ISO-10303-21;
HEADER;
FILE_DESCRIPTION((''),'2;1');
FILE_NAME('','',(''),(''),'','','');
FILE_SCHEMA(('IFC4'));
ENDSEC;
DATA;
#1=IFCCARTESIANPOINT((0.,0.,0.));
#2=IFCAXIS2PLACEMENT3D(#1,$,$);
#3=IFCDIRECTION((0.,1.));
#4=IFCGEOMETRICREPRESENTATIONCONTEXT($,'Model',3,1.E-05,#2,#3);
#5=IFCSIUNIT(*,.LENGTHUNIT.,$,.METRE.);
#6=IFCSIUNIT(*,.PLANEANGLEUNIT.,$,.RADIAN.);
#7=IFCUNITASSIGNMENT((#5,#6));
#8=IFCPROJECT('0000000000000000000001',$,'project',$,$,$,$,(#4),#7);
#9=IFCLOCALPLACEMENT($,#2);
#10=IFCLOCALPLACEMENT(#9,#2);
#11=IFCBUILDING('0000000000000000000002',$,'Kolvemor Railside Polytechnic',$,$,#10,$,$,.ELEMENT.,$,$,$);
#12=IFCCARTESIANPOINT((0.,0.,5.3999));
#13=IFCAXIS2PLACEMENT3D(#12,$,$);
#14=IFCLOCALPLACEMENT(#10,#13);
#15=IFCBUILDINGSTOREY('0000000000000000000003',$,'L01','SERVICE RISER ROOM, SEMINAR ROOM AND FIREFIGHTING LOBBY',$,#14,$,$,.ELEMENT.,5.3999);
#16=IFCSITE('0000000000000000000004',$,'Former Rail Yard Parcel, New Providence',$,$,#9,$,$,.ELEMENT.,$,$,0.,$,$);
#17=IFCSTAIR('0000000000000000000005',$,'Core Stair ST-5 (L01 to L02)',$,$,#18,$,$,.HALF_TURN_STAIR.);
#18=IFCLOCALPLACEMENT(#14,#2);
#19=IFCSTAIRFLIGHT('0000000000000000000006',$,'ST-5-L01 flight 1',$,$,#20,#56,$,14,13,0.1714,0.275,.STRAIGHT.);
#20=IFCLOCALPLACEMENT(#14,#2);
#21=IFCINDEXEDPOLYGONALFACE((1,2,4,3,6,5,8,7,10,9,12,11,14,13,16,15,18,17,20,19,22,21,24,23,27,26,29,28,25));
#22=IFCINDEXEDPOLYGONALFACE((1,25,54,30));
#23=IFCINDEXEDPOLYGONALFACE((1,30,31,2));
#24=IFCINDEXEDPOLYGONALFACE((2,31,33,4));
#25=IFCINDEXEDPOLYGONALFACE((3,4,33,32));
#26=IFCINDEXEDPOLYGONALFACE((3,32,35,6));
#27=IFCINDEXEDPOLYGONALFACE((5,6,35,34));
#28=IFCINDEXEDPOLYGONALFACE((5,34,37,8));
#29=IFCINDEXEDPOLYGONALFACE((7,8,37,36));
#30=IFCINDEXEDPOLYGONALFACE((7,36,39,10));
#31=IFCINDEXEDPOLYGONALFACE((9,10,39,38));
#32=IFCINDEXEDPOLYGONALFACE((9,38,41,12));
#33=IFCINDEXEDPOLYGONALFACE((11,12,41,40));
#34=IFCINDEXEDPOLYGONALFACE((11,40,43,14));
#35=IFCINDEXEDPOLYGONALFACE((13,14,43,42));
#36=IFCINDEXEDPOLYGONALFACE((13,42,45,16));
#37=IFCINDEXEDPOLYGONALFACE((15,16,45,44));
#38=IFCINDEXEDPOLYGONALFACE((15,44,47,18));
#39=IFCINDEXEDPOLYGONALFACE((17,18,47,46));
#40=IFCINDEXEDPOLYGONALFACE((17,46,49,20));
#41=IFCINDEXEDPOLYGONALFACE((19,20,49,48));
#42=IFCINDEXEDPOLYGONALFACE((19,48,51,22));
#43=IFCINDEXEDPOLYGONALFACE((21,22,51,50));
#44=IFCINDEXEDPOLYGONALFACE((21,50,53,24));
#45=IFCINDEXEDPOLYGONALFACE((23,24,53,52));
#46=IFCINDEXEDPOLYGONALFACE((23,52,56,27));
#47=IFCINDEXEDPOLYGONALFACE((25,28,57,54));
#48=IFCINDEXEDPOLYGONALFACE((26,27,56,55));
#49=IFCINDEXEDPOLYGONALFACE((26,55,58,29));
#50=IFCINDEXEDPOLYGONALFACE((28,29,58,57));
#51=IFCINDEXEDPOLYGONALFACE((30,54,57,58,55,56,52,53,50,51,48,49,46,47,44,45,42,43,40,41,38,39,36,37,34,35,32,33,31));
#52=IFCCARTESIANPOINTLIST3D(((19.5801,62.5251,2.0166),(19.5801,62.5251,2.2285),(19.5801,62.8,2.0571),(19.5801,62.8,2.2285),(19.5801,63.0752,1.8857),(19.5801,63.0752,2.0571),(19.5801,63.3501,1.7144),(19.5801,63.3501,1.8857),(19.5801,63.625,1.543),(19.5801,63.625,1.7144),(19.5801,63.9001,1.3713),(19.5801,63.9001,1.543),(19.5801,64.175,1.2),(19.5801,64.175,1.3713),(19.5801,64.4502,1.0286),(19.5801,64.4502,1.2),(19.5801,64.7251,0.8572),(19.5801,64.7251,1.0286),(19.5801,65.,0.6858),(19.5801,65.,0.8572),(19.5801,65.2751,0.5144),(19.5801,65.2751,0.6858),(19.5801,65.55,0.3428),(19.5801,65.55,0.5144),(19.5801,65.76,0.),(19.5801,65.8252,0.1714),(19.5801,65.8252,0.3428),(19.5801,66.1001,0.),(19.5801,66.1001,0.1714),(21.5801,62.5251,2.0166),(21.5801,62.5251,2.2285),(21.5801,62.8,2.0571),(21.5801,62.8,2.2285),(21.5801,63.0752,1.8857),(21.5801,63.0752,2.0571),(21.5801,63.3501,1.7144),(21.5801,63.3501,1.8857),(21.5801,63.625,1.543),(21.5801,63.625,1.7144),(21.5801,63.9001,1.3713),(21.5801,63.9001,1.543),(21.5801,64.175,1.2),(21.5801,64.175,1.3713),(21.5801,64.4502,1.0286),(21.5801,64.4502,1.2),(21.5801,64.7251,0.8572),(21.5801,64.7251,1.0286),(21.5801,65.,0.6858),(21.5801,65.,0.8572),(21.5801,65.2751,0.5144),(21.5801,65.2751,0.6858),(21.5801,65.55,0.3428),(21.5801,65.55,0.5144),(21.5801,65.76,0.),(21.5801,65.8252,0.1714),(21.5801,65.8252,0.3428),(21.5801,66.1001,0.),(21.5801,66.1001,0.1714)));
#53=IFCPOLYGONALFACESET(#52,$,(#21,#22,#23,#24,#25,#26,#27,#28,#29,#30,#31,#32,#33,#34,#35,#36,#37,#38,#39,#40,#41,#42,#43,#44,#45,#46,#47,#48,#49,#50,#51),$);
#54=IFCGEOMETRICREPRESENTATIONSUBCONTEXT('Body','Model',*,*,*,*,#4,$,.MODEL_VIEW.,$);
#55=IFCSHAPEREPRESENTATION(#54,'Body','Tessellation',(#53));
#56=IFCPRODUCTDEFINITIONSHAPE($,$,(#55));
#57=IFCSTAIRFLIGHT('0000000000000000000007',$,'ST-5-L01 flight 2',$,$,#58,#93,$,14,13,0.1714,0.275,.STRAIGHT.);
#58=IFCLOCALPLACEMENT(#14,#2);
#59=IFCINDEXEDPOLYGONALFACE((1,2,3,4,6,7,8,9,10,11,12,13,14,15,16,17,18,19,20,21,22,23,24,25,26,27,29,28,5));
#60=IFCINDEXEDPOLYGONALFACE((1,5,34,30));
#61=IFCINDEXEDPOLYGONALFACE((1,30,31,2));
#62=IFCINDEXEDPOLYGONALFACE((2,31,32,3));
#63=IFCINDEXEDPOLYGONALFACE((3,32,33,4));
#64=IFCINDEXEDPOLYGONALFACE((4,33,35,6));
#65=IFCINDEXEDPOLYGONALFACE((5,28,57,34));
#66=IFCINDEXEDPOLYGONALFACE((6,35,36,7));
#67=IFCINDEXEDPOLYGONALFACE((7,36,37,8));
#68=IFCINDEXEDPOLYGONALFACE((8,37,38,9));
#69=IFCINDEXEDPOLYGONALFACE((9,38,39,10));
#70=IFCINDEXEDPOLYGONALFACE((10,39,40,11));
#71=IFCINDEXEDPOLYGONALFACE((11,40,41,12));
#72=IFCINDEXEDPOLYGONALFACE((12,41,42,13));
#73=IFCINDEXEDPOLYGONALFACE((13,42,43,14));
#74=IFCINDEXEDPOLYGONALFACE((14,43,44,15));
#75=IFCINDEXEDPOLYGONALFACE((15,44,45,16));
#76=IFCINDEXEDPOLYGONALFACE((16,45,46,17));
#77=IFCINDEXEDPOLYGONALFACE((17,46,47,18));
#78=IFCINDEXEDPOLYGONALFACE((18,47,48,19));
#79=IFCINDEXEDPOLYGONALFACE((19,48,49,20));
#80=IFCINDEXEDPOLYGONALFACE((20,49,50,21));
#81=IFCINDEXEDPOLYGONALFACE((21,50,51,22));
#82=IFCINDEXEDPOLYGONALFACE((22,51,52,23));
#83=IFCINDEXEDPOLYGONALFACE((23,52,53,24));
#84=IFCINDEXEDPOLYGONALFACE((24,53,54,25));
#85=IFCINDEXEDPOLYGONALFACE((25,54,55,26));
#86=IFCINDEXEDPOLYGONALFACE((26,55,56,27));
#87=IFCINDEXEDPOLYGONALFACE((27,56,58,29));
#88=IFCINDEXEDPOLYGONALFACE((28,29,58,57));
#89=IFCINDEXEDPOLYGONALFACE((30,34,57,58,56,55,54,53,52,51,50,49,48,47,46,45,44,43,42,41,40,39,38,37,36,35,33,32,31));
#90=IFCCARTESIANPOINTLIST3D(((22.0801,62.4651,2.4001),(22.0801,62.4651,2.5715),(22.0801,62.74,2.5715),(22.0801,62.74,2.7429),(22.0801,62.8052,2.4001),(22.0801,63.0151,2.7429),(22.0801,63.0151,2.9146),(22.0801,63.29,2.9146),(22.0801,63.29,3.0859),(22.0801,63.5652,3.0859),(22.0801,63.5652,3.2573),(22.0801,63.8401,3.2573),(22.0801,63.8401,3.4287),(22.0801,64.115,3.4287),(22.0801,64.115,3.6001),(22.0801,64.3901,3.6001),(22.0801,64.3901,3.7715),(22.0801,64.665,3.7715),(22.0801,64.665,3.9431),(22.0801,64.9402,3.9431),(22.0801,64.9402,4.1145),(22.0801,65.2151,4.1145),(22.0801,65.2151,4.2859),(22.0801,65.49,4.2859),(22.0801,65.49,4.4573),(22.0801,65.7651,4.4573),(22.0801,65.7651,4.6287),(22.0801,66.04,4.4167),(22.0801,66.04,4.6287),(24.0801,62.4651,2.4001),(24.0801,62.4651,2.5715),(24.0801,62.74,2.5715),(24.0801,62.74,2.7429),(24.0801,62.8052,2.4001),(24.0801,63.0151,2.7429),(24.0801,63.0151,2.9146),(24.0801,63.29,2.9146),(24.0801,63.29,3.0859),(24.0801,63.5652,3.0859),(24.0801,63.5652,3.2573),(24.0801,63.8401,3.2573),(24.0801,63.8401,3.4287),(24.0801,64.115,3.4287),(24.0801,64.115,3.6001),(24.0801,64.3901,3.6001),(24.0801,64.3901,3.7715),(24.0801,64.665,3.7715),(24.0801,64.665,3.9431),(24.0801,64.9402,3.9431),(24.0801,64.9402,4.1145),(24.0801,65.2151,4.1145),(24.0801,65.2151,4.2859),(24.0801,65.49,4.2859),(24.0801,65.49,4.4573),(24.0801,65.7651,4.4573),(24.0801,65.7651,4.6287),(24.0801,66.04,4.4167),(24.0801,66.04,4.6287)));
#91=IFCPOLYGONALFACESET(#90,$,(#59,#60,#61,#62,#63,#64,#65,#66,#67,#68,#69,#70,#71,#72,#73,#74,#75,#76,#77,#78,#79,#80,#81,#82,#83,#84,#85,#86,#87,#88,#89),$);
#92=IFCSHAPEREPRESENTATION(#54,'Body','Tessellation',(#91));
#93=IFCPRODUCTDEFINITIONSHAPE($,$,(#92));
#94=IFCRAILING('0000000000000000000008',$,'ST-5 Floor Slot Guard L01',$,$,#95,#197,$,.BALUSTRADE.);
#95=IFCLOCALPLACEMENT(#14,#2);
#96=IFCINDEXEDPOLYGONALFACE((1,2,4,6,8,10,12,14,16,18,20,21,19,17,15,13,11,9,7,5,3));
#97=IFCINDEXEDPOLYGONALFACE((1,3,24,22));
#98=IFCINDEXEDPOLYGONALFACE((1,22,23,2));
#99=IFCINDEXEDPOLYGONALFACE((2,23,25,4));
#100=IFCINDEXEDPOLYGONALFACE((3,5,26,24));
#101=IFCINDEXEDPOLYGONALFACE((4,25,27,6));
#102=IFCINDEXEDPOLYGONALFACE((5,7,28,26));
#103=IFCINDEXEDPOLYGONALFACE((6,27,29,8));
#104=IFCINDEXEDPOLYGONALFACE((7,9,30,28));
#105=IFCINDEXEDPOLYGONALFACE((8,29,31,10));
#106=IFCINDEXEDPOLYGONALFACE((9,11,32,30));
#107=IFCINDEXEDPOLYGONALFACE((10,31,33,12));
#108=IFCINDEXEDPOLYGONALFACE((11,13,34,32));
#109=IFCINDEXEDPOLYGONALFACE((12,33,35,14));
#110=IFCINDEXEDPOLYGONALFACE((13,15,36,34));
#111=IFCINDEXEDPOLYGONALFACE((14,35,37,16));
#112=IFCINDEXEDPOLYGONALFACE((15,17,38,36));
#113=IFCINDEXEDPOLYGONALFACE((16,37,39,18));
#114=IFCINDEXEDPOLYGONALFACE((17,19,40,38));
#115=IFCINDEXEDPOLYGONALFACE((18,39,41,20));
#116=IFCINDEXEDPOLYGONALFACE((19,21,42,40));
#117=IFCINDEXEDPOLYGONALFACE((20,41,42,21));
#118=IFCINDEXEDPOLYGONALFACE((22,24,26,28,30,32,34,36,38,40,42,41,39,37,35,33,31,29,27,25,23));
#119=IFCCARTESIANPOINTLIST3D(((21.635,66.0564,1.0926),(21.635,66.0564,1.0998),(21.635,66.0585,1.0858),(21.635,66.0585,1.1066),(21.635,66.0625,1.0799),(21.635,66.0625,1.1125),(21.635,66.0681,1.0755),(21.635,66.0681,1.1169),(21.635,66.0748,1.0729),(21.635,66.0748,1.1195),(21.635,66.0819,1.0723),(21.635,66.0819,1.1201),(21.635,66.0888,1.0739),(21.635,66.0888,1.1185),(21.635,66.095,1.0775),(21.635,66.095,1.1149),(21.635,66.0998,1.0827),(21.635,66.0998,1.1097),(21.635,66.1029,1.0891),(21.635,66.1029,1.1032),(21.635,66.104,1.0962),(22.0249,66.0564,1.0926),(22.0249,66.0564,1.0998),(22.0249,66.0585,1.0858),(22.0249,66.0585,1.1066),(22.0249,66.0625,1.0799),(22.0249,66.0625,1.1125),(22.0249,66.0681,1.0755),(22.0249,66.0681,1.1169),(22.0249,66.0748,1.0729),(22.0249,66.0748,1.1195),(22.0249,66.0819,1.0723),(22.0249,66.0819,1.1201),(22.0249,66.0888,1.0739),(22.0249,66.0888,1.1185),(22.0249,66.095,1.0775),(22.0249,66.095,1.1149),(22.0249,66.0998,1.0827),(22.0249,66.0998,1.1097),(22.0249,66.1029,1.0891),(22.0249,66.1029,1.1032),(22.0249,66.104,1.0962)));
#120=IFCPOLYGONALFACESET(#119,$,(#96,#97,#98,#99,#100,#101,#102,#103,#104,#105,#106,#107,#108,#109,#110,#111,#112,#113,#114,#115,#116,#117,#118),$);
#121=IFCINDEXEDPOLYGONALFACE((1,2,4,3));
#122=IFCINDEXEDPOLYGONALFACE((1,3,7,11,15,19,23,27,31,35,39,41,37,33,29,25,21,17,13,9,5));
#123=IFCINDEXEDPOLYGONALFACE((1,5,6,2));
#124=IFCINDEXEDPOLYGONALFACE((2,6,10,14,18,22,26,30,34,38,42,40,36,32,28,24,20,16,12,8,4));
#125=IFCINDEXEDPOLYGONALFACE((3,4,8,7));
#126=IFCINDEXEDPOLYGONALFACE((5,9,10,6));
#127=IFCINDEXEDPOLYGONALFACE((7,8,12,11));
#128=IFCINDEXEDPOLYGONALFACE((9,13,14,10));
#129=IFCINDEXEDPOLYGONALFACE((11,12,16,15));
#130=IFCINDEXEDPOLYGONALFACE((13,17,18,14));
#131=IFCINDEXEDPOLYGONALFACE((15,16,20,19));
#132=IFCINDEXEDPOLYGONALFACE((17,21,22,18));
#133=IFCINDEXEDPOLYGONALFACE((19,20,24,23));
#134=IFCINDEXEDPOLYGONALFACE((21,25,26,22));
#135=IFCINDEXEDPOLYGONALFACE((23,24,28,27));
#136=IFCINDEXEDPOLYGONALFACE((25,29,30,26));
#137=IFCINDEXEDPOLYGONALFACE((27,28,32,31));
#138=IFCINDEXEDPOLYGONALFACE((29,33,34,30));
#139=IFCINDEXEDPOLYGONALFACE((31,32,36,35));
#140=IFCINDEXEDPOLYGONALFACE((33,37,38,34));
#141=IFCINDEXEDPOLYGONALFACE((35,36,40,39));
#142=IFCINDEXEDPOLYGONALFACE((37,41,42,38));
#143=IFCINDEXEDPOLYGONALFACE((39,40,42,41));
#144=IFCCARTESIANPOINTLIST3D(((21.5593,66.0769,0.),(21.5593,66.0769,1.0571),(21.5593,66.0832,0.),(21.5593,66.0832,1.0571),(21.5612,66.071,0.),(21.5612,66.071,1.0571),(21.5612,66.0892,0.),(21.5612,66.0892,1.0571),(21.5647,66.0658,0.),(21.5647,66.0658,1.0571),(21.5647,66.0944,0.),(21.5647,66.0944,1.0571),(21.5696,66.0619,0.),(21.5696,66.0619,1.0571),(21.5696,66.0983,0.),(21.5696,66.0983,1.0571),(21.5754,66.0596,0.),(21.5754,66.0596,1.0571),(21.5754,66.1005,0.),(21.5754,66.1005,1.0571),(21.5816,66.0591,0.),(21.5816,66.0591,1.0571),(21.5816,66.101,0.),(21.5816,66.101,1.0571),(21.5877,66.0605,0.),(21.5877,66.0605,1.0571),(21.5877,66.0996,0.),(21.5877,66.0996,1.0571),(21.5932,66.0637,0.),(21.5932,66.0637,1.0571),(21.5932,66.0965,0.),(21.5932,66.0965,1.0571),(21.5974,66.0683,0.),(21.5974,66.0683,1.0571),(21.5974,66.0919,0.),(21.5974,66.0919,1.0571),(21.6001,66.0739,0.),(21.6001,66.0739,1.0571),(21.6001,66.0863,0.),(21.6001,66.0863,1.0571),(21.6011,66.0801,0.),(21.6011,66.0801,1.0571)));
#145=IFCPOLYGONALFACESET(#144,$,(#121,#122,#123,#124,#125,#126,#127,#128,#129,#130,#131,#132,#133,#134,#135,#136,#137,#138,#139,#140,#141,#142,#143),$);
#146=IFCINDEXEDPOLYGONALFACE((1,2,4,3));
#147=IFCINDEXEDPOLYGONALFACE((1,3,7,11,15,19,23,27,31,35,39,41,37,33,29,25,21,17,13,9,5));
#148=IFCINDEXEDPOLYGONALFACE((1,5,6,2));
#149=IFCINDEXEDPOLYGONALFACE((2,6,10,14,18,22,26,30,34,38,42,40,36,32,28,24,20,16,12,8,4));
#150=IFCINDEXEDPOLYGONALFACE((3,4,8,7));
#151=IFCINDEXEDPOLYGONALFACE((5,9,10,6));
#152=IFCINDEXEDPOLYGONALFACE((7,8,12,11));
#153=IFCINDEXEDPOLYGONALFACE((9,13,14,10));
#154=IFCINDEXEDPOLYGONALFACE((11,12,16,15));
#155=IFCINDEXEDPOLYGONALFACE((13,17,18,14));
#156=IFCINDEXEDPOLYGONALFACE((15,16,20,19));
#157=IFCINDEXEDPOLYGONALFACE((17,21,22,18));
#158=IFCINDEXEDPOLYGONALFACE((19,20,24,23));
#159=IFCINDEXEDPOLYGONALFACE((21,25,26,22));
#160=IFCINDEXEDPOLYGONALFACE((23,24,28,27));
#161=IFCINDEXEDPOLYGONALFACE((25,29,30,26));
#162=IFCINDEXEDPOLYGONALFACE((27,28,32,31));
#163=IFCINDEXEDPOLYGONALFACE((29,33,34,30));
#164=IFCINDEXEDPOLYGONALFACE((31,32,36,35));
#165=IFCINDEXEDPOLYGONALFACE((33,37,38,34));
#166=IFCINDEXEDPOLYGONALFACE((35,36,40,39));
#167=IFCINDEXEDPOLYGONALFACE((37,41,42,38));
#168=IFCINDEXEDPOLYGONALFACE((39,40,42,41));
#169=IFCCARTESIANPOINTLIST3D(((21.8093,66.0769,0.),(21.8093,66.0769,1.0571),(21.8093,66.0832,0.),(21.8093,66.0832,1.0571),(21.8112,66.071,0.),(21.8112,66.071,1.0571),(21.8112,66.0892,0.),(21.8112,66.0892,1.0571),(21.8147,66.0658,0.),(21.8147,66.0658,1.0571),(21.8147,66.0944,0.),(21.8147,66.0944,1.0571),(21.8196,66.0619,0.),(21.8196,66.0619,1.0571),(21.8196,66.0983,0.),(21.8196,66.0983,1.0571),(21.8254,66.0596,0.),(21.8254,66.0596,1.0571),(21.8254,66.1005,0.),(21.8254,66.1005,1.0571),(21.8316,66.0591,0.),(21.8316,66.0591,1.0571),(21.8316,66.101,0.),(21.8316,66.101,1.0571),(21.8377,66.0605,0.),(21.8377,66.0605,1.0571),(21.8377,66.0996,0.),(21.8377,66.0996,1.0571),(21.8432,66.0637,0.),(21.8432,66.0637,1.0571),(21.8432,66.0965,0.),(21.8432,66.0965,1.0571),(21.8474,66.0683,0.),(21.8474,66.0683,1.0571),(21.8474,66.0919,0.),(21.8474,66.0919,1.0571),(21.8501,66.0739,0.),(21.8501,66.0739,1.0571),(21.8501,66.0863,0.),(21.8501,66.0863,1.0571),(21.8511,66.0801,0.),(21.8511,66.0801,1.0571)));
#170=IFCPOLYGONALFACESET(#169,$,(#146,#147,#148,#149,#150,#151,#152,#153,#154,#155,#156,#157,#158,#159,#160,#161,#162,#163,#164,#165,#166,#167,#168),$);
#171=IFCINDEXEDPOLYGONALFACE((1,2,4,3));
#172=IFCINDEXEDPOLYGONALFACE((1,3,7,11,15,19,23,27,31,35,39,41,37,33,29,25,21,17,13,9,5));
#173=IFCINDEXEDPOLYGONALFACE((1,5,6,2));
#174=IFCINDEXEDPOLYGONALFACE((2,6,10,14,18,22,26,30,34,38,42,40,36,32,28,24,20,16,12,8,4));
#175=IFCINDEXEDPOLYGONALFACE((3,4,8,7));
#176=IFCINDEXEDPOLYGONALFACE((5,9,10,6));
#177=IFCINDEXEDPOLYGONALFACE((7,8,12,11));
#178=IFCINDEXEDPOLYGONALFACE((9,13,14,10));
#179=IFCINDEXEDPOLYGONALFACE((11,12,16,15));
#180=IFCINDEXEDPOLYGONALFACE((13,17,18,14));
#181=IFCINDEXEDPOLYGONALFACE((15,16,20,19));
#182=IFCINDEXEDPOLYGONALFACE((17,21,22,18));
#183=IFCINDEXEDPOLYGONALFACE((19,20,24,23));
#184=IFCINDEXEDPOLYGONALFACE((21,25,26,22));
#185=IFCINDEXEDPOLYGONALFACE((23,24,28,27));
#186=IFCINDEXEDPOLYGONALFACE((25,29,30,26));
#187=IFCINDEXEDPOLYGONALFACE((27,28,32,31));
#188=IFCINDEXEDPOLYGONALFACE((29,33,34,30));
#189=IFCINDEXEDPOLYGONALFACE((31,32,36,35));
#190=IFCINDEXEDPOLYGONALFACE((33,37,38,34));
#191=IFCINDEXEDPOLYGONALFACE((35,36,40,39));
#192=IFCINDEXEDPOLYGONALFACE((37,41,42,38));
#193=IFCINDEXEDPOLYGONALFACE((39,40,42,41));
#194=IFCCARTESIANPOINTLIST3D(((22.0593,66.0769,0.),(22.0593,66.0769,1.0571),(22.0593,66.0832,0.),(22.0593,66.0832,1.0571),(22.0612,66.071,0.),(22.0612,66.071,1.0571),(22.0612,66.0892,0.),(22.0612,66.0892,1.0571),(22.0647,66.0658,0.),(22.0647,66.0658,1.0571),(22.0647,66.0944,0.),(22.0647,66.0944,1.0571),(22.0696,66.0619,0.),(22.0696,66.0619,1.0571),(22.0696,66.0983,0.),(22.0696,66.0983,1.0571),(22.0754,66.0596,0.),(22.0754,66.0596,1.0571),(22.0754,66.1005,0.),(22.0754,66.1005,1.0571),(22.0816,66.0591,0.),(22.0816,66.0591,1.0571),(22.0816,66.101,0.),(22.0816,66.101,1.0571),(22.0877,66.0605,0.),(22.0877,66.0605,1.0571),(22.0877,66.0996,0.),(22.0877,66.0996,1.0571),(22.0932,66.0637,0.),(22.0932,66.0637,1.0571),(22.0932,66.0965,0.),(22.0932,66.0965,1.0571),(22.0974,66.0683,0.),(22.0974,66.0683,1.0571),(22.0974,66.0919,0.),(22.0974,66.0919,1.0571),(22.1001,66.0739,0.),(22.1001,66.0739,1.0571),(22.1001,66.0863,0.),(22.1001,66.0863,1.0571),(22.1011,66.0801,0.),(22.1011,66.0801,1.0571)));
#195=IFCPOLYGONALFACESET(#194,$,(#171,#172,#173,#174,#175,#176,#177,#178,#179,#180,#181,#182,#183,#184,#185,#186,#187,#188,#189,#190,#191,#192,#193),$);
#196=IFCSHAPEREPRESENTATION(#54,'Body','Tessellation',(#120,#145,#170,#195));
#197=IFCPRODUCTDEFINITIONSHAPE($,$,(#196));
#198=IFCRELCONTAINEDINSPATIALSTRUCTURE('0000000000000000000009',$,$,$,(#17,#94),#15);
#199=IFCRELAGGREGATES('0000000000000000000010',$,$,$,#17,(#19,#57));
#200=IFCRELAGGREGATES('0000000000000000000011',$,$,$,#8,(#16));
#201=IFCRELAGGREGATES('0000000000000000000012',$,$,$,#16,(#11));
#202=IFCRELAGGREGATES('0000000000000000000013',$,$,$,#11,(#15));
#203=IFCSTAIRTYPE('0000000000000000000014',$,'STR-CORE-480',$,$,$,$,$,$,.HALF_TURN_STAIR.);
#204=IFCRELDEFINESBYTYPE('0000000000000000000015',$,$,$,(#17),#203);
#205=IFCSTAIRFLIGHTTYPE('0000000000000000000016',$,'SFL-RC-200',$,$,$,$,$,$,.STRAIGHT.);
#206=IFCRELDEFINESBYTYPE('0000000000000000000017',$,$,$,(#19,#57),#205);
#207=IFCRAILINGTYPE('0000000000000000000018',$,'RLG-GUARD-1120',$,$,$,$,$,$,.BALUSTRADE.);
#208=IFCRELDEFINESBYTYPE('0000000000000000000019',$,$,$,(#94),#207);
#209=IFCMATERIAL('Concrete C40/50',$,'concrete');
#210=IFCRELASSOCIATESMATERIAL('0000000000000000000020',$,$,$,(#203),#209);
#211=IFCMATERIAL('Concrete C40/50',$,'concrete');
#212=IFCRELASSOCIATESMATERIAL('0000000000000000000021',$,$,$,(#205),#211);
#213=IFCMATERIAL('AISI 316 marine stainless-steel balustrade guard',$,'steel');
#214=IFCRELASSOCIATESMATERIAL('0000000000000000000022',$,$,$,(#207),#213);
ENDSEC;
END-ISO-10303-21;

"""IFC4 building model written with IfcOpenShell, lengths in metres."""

from ifc_helpers import new_model, si_unit, direction, frame, origin, origin_2d, place, context, subcontext, project, spatial, polyline, circle, outline, extrude, material, type_object, element, aggregate, save


model = new_model("IFC4")

# Units and contexts
model_context = context("Model", 3, precision=1e-05, world=origin(), true_north=direction((0.0, 1.0)))
body_context = subcontext(model_context, "Body", "Model", "MODEL_VIEW")
ifc_project = project(units=[si_unit("LENGTHUNIT", "METRE"), si_unit("PLANEANGLEUNIT", "RADIAN")], contexts=[model_context])

# Site, building, storey
site_placement = place(None, origin())
site = spatial("IfcSite", under=ifc_project, at=site_placement, Name="Former Rail Yard Parcel, New Providence", CompositionType="ELEMENT", RefElevation=0.0)
building_placement = place(site_placement, origin())
building = spatial("IfcBuilding", under=site, at=building_placement, Name="Kolvemor Railside Polytechnic", CompositionType="ELEMENT")
storey_placement = place(building_placement, frame((0.0, 0.0, 5.3999)))
storey = spatial("IfcBuildingStorey", under=building, at=storey_placement, Name="L01", Description="SERVICE RISER ROOM, SEMINAR ROOM AND FIREFIGHTING LOBBY", CompositionType="ELEMENT", Elevation=5.3999)

# Stair, stair flights
ifc_material_1 = material(Name="Concrete C40/50", Category="concrete")
stair_type = type_object("IfcStairType", Name="STR-CORE-480", PredefinedType="HALF_TURN_STAIR", material=ifc_material_1)
stair_placement = place(storey_placement, origin())
stair = element("IfcStair", 1, at=stair_placement, inside=storey, type_object=stair_type, Name="Core Stair ST-5 (L01 to L02)", PredefinedType="HALF_TURN_STAIR")
ifc_material_2 = material(Name="Concrete C40/50", Category="concrete")
stair_flight_type = type_object("IfcStairFlightType", Name="SFL-RC-200", PredefinedType="STRAIGHT", material=ifc_material_2)
stair_flight_1_placement = place(storey_placement, frame((20.5801, 66.1001, 0.0), z_axis=(0.0, 0.0, 1.0), x_axis=(0.0, -1.0, 0.0)))
stair_flight_1 = element("IfcStairFlight", 2, at=stair_flight_1_placement, type_object=stair_flight_type, Name="ST-5-L01 flight 1", NumberOfRisers=14, NumberOfTreads=13, PredefinedType="STRAIGHT", RiserHeight=0.1714, TreadLength=0.275, context=body_context, shape_type="SweptSolid", body=[
    extrude(outline(polyline([(0.0, 0.0), (0.0, 0.1714), (0.2749, 0.1714), (0.2749, 0.3428), (0.55, 0.3428), (0.55, 0.5144), (0.825, 0.5144), (0.825, 0.6858), (1.1001, 0.6858), (1.1001, 0.8572), (1.375, 0.8572), (1.375, 1.0286), (1.6499, 1.0286), (1.6499, 1.2), (1.925, 1.2), (1.925, 1.3713), (2.2, 1.3713), (2.2, 1.543), (2.4751, 1.543), (2.4751, 1.7144), (2.75, 1.7144), (2.75, 1.8857), (3.0249, 1.8857), (3.0249, 2.0571), (3.3, 2.0571), (3.3, 2.2285), (3.575, 2.2285), (3.575, 2.3999), (3.575, 2.0166), (0.3401, 0.0), (0.0, 0.0)])), frame((0.0, 1.0, 0.0), z_axis=(0.0, -1.0, 0.0), x_axis=(1.0, 0.0, 0.0)), (0.0, 0.0, 1.0), 2.0),
])
stair_flight_2_placement = place(storey_placement, frame((23.0801, 62.4651, 2.4001), z_axis=(0.0, 0.0, 1.0), x_axis=(0.0, 1.0, 0.0)))
stair_flight_2 = element("IfcStairFlight", 3, at=stair_flight_2_placement, type_object=stair_flight_type, Name="ST-5-L01 flight 2", NumberOfRisers=14, NumberOfTreads=13, PredefinedType="STRAIGHT", RiserHeight=0.1714, TreadLength=0.275, context=body_context, shape_type="SweptSolid", body=[
    extrude(outline(polyline([(0.0, 0.0), (0.0, 0.1714), (0.2749, 0.1714), (0.2749, 0.3428), (0.55, 0.3428), (0.55, 0.5144), (0.825, 0.5144), (0.825, 0.6858), (1.1001, 0.6858), (1.1001, 0.8572), (1.375, 0.8572), (1.375, 1.0286), (1.6499, 1.0286), (1.6499, 1.2), (1.925, 1.2), (1.925, 1.3713), (2.2, 1.3713), (2.2, 1.543), (2.4751, 1.543), (2.4751, 1.7144), (2.75, 1.7144), (2.75, 1.8857), (3.0249, 1.8857), (3.0249, 2.0571), (3.3, 2.0571), (3.3, 2.2285), (3.575, 2.2285), (3.575, 2.3999), (3.575, 2.0166), (0.3401, 0.0), (0.0, 0.0)])), frame((0.0, 1.0, 0.0), z_axis=(0.0, -1.0, 0.0), x_axis=(1.0, 0.0, 0.0)), (0.0, 0.0, 1.0), 2.0),
])
aggregate(stair, [stair_flight_1, stair_flight_2])

# Railing
ifc_material_3 = material(Name="AISI 316 marine stainless-steel balustrade guard", Category="steel")
railing_type_1 = type_object("IfcRailingType", Name="RLG-GUARD-1120", PredefinedType="BALUSTRADE", material=ifc_material_3)
railing_1_placement = place(storey_placement, frame((21.5801, 66.0801, 0.0)))
element("IfcRailing", 4, at=railing_1_placement, inside=storey, type_object=railing_type_1, Name="ST-5 Floor Slot Guard L01", PredefinedType="BALUSTRADE", context=body_context, shape_type="SweptSolid", body=[
    extrude(circle(Radius=0.0239, at=origin_2d()), frame((0.0549, 0.0, 1.0962), z_axis=(1.0, 0.0, 0.0), x_axis=(0.0, 1.0, 0.0)), (0.0, 0.0, 1.0), 0.3899),
    extrude(circle(Radius=0.021, at=origin_2d()), origin(), (0.0, 0.0, 1.0), 1.0571),
    extrude(circle(Radius=0.021, at=origin_2d()), frame((0.25, 0.0, 0.0)), (0.0, 0.0, 1.0), 1.0571),
    extrude(circle(Radius=0.021, at=origin_2d()), frame((0.5, 0.0, 0.0)), (0.0, 0.0, 1.0), 1.0571),
])

save(model, "model.ifc")
